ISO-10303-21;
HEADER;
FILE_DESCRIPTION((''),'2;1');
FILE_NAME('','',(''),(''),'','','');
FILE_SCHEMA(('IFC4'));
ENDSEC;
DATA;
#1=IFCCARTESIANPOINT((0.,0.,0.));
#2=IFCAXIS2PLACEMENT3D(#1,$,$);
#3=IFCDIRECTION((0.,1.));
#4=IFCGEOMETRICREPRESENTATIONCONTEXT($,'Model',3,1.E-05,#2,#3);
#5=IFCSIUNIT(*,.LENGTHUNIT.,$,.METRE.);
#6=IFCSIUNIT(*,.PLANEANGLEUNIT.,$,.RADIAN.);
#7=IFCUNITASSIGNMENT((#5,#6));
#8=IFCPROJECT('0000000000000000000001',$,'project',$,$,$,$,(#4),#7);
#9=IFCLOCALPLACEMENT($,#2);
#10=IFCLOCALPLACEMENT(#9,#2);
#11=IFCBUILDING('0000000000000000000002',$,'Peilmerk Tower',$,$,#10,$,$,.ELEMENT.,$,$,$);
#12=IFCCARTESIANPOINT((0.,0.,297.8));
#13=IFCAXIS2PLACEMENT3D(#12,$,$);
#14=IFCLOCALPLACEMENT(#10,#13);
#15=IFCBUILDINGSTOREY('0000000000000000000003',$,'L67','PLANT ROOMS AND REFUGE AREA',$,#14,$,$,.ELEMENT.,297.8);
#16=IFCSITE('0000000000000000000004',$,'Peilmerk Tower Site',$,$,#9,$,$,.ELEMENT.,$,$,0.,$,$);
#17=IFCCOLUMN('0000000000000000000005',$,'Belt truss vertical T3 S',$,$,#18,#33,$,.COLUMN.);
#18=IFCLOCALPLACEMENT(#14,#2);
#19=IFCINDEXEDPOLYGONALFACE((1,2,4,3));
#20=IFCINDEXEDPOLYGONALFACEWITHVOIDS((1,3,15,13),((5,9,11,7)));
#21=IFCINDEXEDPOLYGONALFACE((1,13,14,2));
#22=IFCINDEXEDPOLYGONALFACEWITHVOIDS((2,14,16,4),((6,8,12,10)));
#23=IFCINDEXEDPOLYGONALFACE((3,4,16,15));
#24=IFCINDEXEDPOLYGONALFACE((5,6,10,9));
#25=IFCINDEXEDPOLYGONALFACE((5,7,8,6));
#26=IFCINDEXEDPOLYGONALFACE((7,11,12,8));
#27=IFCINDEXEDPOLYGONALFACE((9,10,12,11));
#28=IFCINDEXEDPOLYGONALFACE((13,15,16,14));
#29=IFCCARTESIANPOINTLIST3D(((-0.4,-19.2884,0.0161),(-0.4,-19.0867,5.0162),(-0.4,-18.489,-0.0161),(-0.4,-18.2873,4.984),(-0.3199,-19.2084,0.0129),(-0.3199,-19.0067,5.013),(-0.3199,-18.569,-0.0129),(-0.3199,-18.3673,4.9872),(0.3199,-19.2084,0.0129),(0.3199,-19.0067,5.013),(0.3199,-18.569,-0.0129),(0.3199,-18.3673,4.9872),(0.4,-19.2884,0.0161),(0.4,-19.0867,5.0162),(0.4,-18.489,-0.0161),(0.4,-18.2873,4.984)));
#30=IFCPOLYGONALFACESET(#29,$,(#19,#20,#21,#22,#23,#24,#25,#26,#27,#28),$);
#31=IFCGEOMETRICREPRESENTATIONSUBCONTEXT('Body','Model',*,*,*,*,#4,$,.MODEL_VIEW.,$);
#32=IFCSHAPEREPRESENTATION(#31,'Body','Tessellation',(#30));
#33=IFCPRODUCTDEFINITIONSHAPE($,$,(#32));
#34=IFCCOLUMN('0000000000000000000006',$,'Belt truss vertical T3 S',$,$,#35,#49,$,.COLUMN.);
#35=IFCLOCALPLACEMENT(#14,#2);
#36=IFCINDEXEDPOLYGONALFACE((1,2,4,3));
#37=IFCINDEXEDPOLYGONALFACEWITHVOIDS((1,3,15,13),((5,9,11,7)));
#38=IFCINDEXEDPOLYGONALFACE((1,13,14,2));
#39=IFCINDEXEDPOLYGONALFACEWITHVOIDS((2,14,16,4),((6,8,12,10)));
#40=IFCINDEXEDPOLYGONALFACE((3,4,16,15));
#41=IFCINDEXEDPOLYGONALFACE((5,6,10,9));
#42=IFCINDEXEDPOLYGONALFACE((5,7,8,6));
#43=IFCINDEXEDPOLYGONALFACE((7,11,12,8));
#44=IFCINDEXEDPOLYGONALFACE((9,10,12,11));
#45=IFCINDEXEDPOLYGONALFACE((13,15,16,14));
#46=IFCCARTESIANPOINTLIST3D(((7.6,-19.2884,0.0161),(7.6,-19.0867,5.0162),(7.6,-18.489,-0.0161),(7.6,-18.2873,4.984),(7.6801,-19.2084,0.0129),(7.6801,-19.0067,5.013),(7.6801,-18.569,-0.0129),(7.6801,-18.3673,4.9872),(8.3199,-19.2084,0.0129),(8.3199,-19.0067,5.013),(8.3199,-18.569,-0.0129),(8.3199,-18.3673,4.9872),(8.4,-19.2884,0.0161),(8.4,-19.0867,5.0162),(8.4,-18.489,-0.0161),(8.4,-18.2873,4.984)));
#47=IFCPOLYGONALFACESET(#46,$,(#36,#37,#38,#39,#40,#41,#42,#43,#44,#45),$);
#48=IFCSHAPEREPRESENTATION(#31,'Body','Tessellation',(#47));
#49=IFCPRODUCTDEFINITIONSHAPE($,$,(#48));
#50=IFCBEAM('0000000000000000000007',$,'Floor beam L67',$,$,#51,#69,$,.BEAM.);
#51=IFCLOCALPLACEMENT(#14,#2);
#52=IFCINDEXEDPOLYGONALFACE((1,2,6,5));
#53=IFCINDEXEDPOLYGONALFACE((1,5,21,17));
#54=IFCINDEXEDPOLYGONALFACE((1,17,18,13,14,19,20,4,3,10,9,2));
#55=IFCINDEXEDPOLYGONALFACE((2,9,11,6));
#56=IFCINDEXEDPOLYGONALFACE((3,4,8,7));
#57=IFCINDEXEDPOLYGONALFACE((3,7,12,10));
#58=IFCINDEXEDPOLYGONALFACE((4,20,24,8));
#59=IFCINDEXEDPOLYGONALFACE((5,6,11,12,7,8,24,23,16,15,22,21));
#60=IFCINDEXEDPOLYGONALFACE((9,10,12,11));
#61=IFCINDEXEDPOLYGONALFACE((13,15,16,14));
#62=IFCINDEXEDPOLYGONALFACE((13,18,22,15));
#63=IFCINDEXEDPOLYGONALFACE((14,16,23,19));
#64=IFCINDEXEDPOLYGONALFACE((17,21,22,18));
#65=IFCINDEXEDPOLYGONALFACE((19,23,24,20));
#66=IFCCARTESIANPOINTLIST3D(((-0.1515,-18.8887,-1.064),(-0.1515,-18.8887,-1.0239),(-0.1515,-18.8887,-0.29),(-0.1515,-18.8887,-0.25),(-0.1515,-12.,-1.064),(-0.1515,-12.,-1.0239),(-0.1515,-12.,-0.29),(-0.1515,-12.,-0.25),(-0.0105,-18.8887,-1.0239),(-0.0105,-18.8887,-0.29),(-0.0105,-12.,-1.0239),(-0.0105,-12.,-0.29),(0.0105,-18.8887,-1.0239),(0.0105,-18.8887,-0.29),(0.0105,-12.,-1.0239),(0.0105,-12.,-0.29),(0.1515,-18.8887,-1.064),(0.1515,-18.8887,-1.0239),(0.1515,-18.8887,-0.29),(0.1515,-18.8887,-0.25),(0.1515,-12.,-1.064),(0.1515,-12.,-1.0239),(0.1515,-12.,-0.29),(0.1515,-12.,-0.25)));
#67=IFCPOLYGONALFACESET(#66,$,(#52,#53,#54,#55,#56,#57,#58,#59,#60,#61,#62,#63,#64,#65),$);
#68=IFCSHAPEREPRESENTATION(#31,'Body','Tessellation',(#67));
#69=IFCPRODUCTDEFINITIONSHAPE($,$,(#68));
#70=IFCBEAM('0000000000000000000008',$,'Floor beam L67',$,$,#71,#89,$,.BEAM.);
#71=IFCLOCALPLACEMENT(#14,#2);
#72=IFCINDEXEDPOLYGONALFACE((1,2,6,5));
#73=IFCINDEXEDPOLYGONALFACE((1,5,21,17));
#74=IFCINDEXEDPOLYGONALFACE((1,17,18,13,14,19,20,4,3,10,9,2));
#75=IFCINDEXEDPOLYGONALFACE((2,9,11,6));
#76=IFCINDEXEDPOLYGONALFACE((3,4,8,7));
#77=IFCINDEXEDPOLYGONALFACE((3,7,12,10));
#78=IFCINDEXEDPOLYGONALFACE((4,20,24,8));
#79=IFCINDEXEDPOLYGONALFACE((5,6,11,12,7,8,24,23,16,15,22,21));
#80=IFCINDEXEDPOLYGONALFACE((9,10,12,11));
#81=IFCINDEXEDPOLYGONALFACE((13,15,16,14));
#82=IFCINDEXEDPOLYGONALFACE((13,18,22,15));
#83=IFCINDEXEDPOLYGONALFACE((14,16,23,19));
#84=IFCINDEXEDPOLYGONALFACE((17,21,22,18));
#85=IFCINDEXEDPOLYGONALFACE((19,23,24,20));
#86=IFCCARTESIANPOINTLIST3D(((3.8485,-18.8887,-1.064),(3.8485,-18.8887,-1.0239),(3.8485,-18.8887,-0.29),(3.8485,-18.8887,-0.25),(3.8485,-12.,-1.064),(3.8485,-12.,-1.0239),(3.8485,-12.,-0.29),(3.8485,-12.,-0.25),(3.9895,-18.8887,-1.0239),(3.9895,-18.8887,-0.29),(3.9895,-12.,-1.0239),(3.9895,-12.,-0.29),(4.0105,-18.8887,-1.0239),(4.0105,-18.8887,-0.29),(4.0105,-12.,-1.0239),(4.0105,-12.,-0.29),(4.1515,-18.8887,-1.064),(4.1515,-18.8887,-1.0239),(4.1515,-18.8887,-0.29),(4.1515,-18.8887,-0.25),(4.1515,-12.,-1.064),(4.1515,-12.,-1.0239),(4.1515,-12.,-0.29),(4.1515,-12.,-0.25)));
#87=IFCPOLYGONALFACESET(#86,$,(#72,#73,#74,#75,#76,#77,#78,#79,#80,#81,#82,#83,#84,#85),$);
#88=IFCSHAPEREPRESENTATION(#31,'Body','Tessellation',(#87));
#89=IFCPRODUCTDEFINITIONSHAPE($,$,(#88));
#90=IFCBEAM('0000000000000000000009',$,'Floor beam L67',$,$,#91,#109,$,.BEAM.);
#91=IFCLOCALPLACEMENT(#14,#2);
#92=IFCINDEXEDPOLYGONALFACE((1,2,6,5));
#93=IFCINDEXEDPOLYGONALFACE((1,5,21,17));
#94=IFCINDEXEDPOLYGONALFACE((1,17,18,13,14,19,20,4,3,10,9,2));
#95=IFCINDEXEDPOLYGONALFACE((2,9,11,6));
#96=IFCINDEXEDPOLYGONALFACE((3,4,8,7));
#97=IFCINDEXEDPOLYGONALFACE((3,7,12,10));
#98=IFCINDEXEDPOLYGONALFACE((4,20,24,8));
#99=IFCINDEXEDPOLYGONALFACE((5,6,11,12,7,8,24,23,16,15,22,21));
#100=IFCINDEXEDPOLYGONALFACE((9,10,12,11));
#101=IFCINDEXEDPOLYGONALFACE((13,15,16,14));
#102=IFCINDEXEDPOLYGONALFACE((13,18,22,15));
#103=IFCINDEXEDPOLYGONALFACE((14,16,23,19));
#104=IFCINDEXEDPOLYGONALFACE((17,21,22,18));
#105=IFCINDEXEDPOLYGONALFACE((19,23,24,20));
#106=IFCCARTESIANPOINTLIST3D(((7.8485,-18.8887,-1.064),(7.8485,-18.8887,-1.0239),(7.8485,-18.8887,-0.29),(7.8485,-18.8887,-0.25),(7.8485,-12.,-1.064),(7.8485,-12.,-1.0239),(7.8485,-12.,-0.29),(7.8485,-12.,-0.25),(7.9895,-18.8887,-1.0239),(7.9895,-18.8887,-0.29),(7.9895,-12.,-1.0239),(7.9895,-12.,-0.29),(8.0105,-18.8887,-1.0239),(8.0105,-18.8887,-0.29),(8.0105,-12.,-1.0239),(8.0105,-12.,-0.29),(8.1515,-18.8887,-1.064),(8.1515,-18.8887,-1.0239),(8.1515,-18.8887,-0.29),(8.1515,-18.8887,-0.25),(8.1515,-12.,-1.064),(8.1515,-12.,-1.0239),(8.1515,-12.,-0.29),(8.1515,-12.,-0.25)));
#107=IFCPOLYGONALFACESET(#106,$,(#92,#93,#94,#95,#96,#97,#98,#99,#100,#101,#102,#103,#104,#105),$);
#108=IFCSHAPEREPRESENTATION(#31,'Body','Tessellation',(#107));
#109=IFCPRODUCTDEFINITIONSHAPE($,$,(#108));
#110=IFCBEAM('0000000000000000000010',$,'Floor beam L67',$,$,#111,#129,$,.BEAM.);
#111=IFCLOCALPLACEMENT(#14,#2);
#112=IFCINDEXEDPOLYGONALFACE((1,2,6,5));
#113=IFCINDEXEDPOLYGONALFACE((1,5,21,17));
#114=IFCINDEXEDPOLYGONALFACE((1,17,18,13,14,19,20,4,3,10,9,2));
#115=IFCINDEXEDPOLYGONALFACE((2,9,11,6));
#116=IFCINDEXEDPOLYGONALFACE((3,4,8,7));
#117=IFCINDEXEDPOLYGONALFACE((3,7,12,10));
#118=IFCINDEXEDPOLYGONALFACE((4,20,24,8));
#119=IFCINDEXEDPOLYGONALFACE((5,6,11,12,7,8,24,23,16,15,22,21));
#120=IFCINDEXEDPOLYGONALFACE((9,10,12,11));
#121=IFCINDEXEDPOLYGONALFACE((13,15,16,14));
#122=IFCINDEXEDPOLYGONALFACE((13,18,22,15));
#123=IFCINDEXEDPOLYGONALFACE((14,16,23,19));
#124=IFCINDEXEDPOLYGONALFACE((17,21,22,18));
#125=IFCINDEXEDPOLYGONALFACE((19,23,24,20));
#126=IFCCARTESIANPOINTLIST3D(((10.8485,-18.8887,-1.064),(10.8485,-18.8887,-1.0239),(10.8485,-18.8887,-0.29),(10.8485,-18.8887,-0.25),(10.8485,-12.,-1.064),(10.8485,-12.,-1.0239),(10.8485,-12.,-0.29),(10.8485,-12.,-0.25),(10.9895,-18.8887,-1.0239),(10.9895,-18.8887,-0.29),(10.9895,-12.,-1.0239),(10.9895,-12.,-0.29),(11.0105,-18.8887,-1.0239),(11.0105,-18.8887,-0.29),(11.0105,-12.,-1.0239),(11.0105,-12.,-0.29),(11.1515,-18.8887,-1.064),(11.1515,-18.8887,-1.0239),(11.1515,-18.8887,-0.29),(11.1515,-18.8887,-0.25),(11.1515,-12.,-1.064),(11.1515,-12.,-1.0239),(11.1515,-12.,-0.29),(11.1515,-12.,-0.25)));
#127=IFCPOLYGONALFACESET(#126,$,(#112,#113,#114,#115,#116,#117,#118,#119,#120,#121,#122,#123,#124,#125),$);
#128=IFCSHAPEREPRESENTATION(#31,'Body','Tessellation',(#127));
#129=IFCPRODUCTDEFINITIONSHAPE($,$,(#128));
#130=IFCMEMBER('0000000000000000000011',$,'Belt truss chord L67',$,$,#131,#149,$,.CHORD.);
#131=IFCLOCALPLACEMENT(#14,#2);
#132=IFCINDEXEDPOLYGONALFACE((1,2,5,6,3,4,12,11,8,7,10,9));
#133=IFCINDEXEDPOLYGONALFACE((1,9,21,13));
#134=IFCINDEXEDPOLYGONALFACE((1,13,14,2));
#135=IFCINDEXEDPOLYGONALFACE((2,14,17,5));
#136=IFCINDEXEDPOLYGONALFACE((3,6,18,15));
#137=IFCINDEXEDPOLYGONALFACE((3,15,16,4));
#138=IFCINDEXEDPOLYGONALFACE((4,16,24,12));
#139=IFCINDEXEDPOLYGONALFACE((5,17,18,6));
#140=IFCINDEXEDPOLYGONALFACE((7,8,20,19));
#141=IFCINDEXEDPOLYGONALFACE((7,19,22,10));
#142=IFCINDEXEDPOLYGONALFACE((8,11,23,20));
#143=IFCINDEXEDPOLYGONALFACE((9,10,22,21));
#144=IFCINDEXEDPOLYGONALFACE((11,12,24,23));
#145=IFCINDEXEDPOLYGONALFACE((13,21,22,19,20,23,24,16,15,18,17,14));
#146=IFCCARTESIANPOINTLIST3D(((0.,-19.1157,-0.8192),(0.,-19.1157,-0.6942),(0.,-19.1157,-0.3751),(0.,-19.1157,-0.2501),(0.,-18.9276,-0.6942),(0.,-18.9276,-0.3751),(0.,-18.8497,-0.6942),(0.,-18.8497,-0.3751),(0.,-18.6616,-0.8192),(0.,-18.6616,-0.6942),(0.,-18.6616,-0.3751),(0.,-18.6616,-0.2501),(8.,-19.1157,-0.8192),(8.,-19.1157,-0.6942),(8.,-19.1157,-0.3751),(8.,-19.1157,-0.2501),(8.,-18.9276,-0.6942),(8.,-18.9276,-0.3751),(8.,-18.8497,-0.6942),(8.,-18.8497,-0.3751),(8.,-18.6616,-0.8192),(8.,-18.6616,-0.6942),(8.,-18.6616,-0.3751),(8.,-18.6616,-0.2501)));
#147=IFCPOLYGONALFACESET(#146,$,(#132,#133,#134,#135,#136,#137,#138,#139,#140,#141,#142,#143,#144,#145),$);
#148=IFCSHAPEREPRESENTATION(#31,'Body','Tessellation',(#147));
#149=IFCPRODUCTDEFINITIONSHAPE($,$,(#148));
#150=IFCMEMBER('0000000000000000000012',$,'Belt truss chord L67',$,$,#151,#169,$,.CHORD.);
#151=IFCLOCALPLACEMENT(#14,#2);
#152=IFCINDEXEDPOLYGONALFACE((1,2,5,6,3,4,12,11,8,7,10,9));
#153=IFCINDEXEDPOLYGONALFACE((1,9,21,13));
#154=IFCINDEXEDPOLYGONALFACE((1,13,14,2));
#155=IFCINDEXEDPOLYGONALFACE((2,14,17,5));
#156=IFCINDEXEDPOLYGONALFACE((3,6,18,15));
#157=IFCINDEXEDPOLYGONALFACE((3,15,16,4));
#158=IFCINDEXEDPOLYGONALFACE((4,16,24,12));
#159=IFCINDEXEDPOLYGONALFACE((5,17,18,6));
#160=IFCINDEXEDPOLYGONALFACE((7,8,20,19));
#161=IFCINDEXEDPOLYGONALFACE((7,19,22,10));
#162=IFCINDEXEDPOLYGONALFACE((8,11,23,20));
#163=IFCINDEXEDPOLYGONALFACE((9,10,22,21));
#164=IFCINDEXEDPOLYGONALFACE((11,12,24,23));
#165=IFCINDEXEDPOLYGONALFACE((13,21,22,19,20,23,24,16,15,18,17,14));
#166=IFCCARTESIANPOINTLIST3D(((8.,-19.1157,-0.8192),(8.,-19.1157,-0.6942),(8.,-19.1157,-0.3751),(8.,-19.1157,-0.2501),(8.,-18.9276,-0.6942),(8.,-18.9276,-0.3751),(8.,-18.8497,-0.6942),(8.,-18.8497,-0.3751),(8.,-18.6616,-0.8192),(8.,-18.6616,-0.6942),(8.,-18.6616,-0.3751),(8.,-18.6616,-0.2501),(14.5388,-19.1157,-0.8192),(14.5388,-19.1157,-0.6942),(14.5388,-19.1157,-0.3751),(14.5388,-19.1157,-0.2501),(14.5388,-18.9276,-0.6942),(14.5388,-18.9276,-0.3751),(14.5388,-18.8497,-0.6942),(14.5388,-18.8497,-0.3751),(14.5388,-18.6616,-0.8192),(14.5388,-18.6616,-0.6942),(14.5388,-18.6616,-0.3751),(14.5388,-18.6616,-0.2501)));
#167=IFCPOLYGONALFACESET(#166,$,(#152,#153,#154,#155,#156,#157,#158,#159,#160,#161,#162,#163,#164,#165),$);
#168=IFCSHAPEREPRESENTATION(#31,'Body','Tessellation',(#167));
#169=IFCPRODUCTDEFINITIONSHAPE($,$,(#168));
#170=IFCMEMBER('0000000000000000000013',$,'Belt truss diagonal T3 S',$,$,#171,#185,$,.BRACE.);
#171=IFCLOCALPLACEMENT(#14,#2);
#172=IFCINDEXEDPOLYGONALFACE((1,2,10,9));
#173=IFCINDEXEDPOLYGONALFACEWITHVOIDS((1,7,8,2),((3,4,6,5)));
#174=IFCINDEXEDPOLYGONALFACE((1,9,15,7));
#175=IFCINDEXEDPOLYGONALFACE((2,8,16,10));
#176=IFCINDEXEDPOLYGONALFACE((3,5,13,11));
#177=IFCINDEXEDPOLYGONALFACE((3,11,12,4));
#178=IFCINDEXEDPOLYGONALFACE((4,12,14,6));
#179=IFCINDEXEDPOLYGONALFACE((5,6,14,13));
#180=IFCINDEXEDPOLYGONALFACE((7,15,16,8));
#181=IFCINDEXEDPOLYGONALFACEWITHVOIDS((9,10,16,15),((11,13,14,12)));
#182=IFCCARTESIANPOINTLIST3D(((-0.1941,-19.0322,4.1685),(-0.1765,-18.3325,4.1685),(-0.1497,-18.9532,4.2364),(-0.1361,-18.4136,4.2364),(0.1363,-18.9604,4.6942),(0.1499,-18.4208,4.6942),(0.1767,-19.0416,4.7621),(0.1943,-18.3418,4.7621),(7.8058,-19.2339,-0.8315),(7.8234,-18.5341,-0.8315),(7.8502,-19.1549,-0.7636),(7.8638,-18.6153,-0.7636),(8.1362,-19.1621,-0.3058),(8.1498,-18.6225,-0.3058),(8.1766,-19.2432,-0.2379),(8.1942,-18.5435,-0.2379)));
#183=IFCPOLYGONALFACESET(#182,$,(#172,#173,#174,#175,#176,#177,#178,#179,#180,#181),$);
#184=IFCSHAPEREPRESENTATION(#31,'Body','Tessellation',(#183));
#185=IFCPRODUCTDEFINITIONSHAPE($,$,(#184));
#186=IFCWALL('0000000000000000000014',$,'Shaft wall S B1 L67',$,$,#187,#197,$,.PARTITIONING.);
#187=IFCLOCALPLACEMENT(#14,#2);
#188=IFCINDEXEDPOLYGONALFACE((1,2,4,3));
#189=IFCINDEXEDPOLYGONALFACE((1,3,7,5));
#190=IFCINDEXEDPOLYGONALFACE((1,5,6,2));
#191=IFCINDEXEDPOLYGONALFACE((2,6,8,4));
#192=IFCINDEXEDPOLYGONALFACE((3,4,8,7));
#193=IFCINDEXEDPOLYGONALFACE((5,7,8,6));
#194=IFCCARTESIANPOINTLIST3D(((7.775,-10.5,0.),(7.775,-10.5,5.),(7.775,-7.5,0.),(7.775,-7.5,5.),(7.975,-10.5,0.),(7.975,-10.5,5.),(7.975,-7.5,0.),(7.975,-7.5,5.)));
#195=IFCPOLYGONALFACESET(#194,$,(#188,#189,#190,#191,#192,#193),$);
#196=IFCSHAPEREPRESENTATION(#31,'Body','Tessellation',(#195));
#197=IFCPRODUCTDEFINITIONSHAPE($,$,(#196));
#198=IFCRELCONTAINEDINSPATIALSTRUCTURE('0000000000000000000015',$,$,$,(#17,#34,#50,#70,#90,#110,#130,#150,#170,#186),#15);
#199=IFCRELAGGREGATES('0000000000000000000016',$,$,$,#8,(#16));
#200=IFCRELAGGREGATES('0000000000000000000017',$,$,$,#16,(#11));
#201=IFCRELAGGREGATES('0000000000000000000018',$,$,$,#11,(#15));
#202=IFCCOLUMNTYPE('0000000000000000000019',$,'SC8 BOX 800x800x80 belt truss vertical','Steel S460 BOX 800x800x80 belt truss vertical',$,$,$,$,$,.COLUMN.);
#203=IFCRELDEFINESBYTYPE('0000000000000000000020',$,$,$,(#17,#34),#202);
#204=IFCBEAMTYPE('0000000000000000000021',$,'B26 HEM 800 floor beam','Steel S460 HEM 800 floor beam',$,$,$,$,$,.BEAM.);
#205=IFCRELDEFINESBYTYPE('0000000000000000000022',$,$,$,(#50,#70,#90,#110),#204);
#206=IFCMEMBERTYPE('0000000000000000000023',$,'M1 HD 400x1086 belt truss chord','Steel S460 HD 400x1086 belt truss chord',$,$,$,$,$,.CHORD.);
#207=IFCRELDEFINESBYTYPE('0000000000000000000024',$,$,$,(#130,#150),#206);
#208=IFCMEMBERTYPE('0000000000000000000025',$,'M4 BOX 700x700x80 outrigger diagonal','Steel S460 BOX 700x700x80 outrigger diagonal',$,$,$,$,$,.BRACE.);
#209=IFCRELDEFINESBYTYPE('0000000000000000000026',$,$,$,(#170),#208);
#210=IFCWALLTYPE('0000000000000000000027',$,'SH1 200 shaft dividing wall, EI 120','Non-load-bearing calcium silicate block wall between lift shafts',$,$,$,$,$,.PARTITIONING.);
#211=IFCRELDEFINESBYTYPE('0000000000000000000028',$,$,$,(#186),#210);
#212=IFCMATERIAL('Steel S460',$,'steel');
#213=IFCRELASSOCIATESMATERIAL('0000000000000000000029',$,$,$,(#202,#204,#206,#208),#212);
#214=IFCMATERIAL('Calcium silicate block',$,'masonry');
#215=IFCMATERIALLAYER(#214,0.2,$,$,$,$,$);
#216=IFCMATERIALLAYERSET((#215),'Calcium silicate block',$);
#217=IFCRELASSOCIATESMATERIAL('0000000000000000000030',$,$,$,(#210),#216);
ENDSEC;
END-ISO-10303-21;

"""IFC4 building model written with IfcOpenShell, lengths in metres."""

from ifc_helpers import new_model, si_unit, direction, frame, frame_2d, origin, origin_2d, place, context, subcontext, project, spatial, rectangle, hollow_rectangle, i_section, extrude, material, layer, layer_set, material_profile, profile_set, type_object, element, save


model = new_model("IFC4")

# Units and contexts
model_context = context("Model", 3, precision=1e-05, world=origin(), true_north=direction((0.0, 1.0)))
body_context = subcontext(model_context, "Body", "Model", "MODEL_VIEW")
ifc_project = project(units=[si_unit("LENGTHUNIT", "METRE"), si_unit("PLANEANGLEUNIT", "RADIAN")], contexts=[model_context])

# Site, building, storey
site_placement = place(None, origin())
site = spatial("IfcSite", under=ifc_project, at=site_placement, Name="Peilmerk Tower Site", CompositionType="ELEMENT", RefElevation=0.0)
building_placement = place(site_placement, origin())
building = spatial("IfcBuilding", under=site, at=building_placement, Name="Peilmerk Tower", CompositionType="ELEMENT")
storey_placement = place(building_placement, frame((0.0, 0.0, 297.8)))
storey = spatial("IfcBuildingStorey", under=building, at=storey_placement, Name="L67", Description="PLANT ROOMS AND REFUGE AREA", CompositionType="ELEMENT", Elevation=297.8)

# Columns
ifc_material_1 = material(Name="Steel S460", Category="steel")
ifc_material_profile_1 = material_profile(ifc_material_1, hollow_rectangle(XDim=0.8, YDim=0.8, WallThickness=0.0801, at=origin_2d()), Name="BOX 800x800x80")
ifc_profile_set_1 = profile_set([ifc_material_profile_1], Name="Steel S460")
column_type = type_object("IfcColumnType", Name="SC8 BOX 800x800x80 belt truss vertical", Description="Steel S460 BOX 800x800x80 belt truss vertical", PredefinedType="COLUMN", material=ifc_profile_set_1)
for number, where, z_axis, x_axis, name in (
    (1, (0.0, -18.8887, 0.0), (0.0, 0.040299, 0.999188), (-1.0, 0.0, 0.0), "Belt truss vertical T3 S"),
    (2, (8.0, -18.8887, 0.0), (0.0, 0.040299, 0.999188), (-1.0, 0.0, 0.0), "Belt truss vertical T3 S"),
):
    element("IfcColumn", number, at=place(storey_placement, frame(where, z_axis=z_axis, x_axis=x_axis)), inside=storey, type_object=column_type, Name=name, PredefinedType="COLUMN", context=body_context, shape_type="SweptSolid", body=[
        extrude(hollow_rectangle(XDim=0.8, YDim=0.8, WallThickness=0.0801, at=origin_2d()), origin(), (0.0, 0.0, 1.0), 5.0042),
    ])

# Beams
ifc_material_profile_2 = material_profile(ifc_material_1, i_section(OverallWidth=0.303, OverallDepth=0.814, WebThickness=0.021, FlangeThickness=0.04, at=origin_2d()), Name="HEM 800")
ifc_profile_set_2 = profile_set([ifc_material_profile_2], Name="Steel S460")
beam_type = type_object("IfcBeamType", Name="B26 HEM 800 floor beam", Description="Steel S460 HEM 800 floor beam", PredefinedType="BEAM", material=ifc_profile_set_2)
for number, where, z_axis, x_axis, name in (
    (3, (0.0, -12.0, -0.657), (0.0, -1.0, 0.0), (1.0, 0.0, 0.0), "Floor beam L67"),
    (4, (4.0, -12.0, -0.657), (0.0, -1.0, 0.0), (1.0, 0.0, 0.0), "Floor beam L67"),
    (5, (8.0, -12.0, -0.657), (0.0, -1.0, 0.0), (1.0, 0.0, 0.0), "Floor beam L67"),
    (6, (11.0, -12.0, -0.657), (0.0, -1.0, 0.0), (1.0, 0.0, 0.0), "Floor beam L67"),
):
    element("IfcBeam", number, at=place(storey_placement, frame(where, z_axis=z_axis, x_axis=x_axis)), inside=storey, type_object=beam_type, Name=name, PredefinedType="BEAM", context=body_context, shape_type="SweptSolid", body=[
        extrude(i_section(OverallWidth=0.303, OverallDepth=0.814, WebThickness=0.021, FlangeThickness=0.04, at=origin_2d()), origin(), (0.0, 0.0, 1.0), 6.8887),
    ])

# Members
ifc_material_profile_3 = material_profile(ifc_material_1, i_section(OverallWidth=0.4541, OverallDepth=0.5691, WebThickness=0.0779, FlangeThickness=0.125, at=origin_2d()), Name="HD 400x1086")
ifc_profile_set_3 = profile_set([ifc_material_profile_3], Name="Steel S460")
member_type_1 = type_object("IfcMemberType", Name="M1 HD 400x1086 belt truss chord", Description="Steel S460 HD 400x1086 belt truss chord", PredefinedType="CHORD", material=ifc_profile_set_3)
member_1_placement = place(storey_placement, frame((0.0, -18.8887, -0.5347), z_axis=(1.0, 0.0, 0.0), x_axis=(0.0, 1.0, 0.0)))
element("IfcMember", 7, at=member_1_placement, inside=storey, type_object=member_type_1, Name="Belt truss chord L67", PredefinedType="CHORD", context=body_context, shape_type="SweptSolid", body=[
    extrude(i_section(OverallWidth=0.4541, OverallDepth=0.5691, WebThickness=0.0779, FlangeThickness=0.125, at=origin_2d()), origin(), (0.0, 0.0, 1.0), 8.0),
])
member_2_placement = place(storey_placement, frame((8.0, -18.8887, -0.5347), z_axis=(1.0, 0.0, 0.0), x_axis=(0.0, 1.0, 0.0)))
element("IfcMember", 8, at=member_2_placement, inside=storey, type_object=member_type_1, Name="Belt truss chord L67", PredefinedType="CHORD", context=body_context, shape_type="SweptSolid", body=[
    extrude(i_section(OverallWidth=0.4541, OverallDepth=0.5691, WebThickness=0.0779, FlangeThickness=0.125, at=origin_2d()), origin(), (0.0, 0.0, 1.0), 6.5388),
])
ifc_material_profile_4 = material_profile(ifc_material_1, hollow_rectangle(XDim=0.7, YDim=0.7, WallThickness=0.0801, at=origin_2d()), Name="BOX 700x700x80")
ifc_profile_set_4 = profile_set([ifc_material_profile_4], Name="Steel S460")
member_type_2 = type_object("IfcMemberType", Name="M4 BOX 700x700x80 outrigger diagonal", Description="Steel S460 BOX 700x700x80 outrigger diagonal", PredefinedType="BRACE", material=ifc_profile_set_4)
member_3_placement = place(storey_placement, frame((8.0, -18.8887, -0.5347), z_axis=(-0.847805, 0.021371, 0.529878), x_axis=(-0.0252, -0.999682, 0.0)))
element("IfcMember", 9, at=member_3_placement, inside=storey, type_object=member_type_2, Name="Belt truss diagonal T3 S", PredefinedType="BRACE", context=body_context, shape_type="SweptSolid", body=[
    extrude(hollow_rectangle(XDim=0.7, YDim=0.7, WallThickness=0.0801, at=origin_2d()), origin(), (0.0, 0.0, 1.0), 9.436),
])

# Wall
ifc_material_2 = material(Name="Calcium silicate block", Category="masonry")
ifc_layer_1 = layer(ifc_material_2, 0.2)
ifc_layer_set_1 = layer_set([ifc_layer_1], Name="Calcium silicate block")
wall_type_1 = type_object("IfcWallType", Name="SH1 200 shaft dividing wall, EI 120", Description="Non-load-bearing calcium silicate block wall between lift shafts", PredefinedType="PARTITIONING", material=ifc_layer_set_1)
wall_1_placement = place(storey_placement, frame((7.875, -10.5, 0.0), z_axis=(0.0, 0.0, 1.0), x_axis=(0.0, 1.0, 0.0)))
element("IfcWall", 10, at=wall_1_placement, inside=storey, type_object=wall_type_1, Name="Shaft wall S B1 L67", PredefinedType="PARTITIONING", context=body_context, shape_type="SweptSolid", body=[
    extrude(rectangle(XDim=3.0, YDim=0.2, at=frame_2d((1.5, 0.0))), origin(), (0.0, 0.0, 1.0), 5.0),
])

save(model, "model.ifc")
